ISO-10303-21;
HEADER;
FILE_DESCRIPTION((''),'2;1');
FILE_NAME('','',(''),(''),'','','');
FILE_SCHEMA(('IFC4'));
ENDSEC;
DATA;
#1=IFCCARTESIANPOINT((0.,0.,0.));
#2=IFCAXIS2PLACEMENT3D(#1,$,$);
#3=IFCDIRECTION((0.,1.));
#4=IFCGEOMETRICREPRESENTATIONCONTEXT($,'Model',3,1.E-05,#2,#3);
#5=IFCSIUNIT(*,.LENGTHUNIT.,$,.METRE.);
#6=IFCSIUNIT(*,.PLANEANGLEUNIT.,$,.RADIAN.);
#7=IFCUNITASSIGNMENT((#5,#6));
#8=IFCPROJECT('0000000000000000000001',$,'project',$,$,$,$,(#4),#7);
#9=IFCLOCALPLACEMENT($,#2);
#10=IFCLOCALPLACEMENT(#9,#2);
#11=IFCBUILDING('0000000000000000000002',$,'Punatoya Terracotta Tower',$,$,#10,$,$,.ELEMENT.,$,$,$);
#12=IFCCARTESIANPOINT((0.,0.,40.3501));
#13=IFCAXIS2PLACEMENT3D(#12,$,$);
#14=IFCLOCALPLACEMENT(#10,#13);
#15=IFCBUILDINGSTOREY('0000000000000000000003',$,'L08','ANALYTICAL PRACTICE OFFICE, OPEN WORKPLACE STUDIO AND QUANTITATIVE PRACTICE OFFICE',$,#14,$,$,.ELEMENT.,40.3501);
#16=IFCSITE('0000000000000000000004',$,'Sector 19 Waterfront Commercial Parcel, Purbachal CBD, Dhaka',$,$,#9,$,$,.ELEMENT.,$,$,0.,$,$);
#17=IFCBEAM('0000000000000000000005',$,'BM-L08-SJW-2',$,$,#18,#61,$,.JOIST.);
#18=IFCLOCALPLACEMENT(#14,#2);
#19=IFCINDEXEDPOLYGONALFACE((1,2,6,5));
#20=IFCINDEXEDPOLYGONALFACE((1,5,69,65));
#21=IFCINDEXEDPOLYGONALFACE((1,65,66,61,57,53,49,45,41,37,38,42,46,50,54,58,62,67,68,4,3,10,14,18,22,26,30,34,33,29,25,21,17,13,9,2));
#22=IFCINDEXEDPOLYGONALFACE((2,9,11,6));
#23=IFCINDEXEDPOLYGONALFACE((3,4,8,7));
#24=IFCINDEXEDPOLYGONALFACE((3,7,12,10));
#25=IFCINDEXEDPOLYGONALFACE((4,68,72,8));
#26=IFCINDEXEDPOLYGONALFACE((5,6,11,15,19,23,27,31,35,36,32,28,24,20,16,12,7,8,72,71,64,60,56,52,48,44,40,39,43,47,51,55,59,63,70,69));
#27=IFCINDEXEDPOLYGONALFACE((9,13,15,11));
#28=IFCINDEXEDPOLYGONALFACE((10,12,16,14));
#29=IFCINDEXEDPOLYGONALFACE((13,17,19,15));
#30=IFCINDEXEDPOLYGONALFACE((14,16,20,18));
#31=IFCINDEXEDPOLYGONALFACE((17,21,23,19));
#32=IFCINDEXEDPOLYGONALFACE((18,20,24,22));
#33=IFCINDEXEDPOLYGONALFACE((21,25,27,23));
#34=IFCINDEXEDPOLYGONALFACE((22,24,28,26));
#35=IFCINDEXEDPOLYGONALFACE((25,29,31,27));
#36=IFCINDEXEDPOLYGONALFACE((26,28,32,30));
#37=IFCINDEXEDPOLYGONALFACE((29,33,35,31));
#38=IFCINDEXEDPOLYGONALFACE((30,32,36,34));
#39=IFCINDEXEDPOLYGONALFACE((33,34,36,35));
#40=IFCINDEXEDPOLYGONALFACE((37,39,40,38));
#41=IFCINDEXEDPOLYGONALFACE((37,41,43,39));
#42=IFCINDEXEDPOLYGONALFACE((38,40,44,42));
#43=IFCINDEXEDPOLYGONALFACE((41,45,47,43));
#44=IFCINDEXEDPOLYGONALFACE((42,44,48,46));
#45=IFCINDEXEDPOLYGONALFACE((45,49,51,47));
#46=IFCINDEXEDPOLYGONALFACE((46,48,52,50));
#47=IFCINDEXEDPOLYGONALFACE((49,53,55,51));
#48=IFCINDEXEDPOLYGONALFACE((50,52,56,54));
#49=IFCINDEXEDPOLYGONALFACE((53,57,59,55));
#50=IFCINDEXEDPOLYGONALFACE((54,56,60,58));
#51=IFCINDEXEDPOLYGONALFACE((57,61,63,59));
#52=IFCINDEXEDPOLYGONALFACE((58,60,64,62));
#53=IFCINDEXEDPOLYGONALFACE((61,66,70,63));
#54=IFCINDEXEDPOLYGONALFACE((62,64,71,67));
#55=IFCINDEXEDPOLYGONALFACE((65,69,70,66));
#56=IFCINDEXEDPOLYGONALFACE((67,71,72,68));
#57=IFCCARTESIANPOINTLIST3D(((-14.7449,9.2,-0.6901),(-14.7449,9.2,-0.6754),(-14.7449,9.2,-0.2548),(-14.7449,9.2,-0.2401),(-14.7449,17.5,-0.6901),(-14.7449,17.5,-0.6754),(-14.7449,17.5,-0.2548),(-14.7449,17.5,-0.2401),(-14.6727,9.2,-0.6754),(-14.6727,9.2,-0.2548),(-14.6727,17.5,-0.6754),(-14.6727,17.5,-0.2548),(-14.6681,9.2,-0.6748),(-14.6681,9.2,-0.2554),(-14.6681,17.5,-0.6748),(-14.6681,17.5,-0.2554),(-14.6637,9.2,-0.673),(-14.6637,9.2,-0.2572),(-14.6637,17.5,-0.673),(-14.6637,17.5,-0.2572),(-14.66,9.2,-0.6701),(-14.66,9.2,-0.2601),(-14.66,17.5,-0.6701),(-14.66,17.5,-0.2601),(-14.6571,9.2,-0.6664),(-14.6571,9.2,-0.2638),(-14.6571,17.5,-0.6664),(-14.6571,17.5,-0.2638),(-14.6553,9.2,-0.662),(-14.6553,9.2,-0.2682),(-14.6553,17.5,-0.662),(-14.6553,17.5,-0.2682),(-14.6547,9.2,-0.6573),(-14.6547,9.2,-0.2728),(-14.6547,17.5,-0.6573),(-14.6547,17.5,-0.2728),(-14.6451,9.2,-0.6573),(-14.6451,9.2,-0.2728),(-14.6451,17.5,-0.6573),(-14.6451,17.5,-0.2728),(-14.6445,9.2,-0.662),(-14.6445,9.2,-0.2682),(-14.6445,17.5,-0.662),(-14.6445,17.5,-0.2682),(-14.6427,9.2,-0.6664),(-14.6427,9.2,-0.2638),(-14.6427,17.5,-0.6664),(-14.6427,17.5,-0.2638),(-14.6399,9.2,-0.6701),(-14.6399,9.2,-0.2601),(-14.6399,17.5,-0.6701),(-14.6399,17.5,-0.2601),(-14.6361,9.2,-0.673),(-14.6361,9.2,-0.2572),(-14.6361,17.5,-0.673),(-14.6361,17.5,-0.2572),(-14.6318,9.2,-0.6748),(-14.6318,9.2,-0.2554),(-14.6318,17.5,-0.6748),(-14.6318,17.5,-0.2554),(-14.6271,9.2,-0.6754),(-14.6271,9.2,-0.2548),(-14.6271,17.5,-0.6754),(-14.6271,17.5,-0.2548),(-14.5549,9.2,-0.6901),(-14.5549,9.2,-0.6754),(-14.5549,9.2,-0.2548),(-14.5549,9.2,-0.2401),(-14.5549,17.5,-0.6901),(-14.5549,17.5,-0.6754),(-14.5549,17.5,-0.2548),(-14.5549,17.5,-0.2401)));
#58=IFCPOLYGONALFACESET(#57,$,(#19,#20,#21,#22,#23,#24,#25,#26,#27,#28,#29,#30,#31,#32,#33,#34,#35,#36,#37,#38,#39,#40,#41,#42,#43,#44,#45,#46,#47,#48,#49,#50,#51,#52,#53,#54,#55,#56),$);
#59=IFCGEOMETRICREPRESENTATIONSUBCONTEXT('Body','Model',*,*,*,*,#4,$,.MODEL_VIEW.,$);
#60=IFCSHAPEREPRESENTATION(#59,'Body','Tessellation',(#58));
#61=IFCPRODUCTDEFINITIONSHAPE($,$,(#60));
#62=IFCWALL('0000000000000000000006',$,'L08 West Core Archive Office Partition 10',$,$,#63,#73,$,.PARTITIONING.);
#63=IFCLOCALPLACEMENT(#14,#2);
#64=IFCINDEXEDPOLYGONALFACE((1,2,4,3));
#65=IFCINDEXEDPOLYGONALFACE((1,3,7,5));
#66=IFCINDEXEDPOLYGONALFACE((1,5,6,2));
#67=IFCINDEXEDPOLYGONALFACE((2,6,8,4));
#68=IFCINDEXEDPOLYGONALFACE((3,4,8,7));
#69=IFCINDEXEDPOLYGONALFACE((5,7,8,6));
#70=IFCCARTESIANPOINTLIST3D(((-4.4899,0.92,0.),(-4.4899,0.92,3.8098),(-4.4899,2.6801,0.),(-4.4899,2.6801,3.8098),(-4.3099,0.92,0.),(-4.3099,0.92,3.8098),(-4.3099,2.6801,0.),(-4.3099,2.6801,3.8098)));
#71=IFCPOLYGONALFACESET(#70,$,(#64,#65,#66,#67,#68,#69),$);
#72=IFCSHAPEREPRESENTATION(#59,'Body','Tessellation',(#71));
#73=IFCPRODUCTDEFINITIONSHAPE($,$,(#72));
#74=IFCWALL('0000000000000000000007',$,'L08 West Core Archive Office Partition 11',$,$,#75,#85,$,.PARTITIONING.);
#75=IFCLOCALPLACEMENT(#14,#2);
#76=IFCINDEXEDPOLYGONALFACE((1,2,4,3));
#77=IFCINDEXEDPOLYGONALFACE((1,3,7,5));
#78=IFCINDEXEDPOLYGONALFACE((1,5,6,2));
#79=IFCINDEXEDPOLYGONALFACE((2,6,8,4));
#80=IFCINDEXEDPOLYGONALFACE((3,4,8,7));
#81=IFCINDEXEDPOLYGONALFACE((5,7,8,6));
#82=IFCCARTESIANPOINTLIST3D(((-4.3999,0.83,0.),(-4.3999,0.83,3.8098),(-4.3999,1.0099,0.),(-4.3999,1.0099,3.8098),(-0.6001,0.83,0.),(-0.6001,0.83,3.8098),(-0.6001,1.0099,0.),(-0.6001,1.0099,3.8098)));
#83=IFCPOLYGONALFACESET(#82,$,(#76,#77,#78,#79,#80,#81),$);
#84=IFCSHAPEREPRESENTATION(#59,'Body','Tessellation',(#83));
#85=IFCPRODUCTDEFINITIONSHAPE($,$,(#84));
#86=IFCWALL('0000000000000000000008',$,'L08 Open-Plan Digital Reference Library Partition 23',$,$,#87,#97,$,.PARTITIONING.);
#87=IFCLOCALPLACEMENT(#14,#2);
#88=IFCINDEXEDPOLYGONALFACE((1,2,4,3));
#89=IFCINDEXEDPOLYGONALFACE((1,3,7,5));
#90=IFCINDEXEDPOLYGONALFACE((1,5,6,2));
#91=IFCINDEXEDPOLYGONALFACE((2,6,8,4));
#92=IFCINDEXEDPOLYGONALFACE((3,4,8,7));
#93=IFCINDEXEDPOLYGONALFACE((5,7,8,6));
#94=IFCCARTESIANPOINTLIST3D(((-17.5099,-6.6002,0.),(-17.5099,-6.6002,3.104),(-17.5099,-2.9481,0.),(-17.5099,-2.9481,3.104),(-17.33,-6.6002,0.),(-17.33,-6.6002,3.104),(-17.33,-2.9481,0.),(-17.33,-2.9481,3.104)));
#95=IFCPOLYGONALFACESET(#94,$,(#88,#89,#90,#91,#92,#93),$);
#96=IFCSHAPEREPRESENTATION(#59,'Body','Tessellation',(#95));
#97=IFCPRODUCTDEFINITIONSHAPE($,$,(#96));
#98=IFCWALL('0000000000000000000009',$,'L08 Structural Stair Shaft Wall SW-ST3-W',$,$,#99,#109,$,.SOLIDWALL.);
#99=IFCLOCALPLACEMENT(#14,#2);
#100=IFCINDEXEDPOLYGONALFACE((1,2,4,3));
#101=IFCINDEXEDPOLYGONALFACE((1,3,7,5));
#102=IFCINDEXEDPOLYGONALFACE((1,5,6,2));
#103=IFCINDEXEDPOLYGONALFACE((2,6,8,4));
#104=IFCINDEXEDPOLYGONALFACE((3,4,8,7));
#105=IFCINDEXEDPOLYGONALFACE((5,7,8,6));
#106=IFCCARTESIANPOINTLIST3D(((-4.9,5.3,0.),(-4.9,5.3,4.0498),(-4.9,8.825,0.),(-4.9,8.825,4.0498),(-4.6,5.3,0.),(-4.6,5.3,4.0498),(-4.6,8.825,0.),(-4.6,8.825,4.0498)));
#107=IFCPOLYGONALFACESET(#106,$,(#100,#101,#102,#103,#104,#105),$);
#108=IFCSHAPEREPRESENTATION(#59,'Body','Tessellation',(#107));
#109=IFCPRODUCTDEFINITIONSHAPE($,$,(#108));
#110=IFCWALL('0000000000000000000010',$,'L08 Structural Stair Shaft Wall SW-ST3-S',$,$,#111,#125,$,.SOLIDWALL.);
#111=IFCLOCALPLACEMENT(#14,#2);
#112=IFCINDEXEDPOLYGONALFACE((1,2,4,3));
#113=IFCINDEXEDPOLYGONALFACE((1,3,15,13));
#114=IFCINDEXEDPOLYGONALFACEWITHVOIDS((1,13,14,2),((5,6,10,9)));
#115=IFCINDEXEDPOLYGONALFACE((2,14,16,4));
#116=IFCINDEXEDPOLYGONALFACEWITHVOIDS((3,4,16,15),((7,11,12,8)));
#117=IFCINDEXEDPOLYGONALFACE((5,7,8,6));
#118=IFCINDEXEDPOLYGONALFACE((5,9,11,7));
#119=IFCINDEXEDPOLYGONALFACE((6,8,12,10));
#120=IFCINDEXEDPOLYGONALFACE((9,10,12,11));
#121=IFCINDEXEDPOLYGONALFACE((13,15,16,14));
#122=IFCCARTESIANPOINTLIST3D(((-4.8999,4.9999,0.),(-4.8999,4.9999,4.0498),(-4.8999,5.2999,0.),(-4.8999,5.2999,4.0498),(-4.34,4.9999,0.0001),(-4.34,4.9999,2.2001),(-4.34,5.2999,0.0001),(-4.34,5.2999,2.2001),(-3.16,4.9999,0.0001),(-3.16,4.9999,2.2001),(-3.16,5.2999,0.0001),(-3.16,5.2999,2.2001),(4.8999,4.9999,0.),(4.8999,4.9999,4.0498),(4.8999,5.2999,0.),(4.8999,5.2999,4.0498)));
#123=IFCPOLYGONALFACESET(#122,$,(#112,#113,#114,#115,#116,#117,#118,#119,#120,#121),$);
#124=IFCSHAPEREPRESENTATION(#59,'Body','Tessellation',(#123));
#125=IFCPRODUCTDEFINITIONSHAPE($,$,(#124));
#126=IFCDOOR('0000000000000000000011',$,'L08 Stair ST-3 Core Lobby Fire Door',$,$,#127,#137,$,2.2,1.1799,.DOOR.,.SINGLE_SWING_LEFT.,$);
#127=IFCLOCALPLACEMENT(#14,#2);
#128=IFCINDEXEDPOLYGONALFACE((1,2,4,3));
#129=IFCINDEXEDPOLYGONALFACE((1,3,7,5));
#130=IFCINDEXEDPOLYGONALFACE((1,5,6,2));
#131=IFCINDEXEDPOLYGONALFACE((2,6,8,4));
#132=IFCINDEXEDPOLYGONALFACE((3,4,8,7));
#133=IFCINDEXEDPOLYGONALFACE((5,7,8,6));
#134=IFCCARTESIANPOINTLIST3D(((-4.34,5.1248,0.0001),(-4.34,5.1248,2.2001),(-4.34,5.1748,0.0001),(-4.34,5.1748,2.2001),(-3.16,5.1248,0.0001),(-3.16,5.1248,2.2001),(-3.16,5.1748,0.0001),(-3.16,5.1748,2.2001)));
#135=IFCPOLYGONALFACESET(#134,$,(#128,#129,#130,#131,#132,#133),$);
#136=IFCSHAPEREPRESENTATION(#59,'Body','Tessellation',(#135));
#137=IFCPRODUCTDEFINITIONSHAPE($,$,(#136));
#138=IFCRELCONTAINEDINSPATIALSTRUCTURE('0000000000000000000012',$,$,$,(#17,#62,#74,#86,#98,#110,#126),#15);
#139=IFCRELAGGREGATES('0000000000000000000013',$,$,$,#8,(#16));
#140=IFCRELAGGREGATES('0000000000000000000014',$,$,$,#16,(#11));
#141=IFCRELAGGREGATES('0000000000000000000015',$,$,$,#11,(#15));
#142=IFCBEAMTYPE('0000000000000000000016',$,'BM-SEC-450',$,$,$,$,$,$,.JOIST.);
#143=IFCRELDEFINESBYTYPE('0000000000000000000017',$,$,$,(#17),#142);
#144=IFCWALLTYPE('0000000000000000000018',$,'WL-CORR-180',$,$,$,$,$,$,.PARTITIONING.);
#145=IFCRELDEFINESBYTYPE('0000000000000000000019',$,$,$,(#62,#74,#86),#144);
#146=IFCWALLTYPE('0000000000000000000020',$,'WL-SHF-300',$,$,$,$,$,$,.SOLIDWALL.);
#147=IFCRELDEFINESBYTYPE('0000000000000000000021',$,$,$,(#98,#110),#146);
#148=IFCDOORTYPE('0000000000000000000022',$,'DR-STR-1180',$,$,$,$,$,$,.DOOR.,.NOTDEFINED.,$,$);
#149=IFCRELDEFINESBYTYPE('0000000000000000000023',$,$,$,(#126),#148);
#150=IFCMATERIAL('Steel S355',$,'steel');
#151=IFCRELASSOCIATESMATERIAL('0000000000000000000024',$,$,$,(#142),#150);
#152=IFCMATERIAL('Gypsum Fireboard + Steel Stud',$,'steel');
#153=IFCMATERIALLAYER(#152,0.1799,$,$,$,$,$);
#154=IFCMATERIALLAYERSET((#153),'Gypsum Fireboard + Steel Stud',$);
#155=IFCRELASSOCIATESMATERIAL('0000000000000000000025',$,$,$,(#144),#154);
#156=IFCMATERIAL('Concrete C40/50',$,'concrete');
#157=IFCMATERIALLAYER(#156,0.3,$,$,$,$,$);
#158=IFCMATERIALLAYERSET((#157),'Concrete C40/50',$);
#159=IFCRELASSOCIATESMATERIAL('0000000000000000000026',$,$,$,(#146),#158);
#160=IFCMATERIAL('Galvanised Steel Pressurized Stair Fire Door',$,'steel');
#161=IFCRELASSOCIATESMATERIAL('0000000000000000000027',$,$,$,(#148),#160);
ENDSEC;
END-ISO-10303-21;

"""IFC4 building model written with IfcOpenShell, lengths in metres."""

from ifc_helpers import new_model, si_unit, direction, frame, frame_2d, origin, origin_2d, place, context, subcontext, project, spatial, rectangle, i_section, extrude, material, layer, layer_set, material_profile, profile_set, type_object, element, fill, save


model = new_model("IFC4")

# Units and contexts
model_context = context("Model", 3, precision=1e-05, world=origin(), true_north=direction((0.0, 1.0)))
body_context = subcontext(model_context, "Body", "Model", "MODEL_VIEW")
ifc_project = project(units=[si_unit("LENGTHUNIT", "METRE"), si_unit("PLANEANGLEUNIT", "RADIAN")], contexts=[model_context])

# Site, building, storey
site_placement = place(None, origin())
site = spatial("IfcSite", under=ifc_project, at=site_placement, Name="Sector 19 Waterfront Commercial Parcel, Purbachal CBD, Dhaka", CompositionType="ELEMENT", RefElevation=0.0)
building_placement = place(site_placement, origin())
building = spatial("IfcBuilding", under=site, at=building_placement, Name="Punatoya Terracotta Tower", CompositionType="ELEMENT")
storey_placement = place(building_placement, frame((0.0, 0.0, 40.3501)))
storey = spatial("IfcBuildingStorey", under=building, at=storey_placement, Name="L08", Description="ANALYTICAL PRACTICE OFFICE, OPEN WORKPLACE STUDIO AND QUANTITATIVE PRACTICE OFFICE", CompositionType="ELEMENT", Elevation=40.3501)

# Beam
ifc_material_1 = material(Name="Steel S355", Category="steel")
ifc_material_profile_1 = material_profile(ifc_material_1, i_section(OverallWidth=0.1899, OverallDepth=0.45, WebThickness=0.0095, FlangeThickness=0.0146, FilletRadius=0.0181, at=origin_2d()))
ifc_profile_set_1 = profile_set([ifc_material_profile_1], Name="Steel S355")
beam_type_1 = type_object("IfcBeamType", Name="BM-SEC-450", PredefinedType="JOIST", material=ifc_profile_set_1)
beam_1_placement = place(storey_placement, frame((-14.6499, 9.2, -0.4651), z_axis=(0.0, 1.0, 0.0), x_axis=(-1.0, 0.0, 0.0)))
element("IfcBeam", 1, at=beam_1_placement, inside=storey, type_object=beam_type_1, Name="BM-L08-SJW-2", PredefinedType="JOIST", context=body_context, shape_type="SweptSolid", body=[
    extrude(i_section(OverallWidth=0.1899, OverallDepth=0.45, WebThickness=0.0095, FlangeThickness=0.0146, FilletRadius=0.0181, at=origin_2d()), origin(), (0.0, 0.0, 1.0), 8.3),
])

# Walls
ifc_material_2 = material(Name="Gypsum Fireboard + Steel Stud", Category="steel")
ifc_layer_1 = layer(ifc_material_2, 0.1799)
ifc_layer_set_1 = layer_set([ifc_layer_1], Name="Gypsum Fireboard + Steel Stud")
wall_type_1 = type_object("IfcWallType", Name="WL-CORR-180", PredefinedType="PARTITIONING", material=ifc_layer_set_1)
wall_1_placement = place(storey_placement, frame((-4.3999, 2.6799, 0.0), z_axis=(0.0, 0.0, 1.0), x_axis=(0.0, -1.0, 0.0)))
element("IfcWall", 2, at=wall_1_placement, inside=storey, type_object=wall_type_1, Name="L08 West Core Archive Office Partition 10", PredefinedType="PARTITIONING", context=body_context, shape_type="SweptSolid", body=[
    extrude(rectangle(XDim=1.76, YDim=0.1799, at=frame_2d((0.8799, 0.0))), origin(), (0.0, 0.0, 1.0), 3.8098),
])
wall_2_placement = place(storey_placement, frame((-4.3999, 0.9199, 0.0), z_axis=(0.0, 0.0, 1.0), x_axis=(1.0, 0.0, 0.0)))
element("IfcWall", 3, at=wall_2_placement, inside=storey, type_object=wall_type_1, Name="L08 West Core Archive Office Partition 11", PredefinedType="PARTITIONING", context=body_context, shape_type="SweptSolid", body=[
    extrude(rectangle(XDim=3.7998, YDim=0.1799, at=frame_2d((1.8999, 0.0))), origin(), (0.0, 0.0, 1.0), 3.8098),
])
wall_3_placement = place(storey_placement, frame((-17.4199, -2.948, 0.0), z_axis=(0.0, 0.0, 1.0), x_axis=(0.0, -1.0, 0.0)))
element("IfcWall", 4, at=wall_3_placement, inside=storey, type_object=wall_type_1, Name="L08 Open-Plan Digital Reference Library Partition 23", PredefinedType="PARTITIONING", context=body_context, shape_type="SweptSolid", body=[
    extrude(rectangle(XDim=3.6521, YDim=0.1799, at=frame_2d((1.8262, 0.0))), origin(), (0.0, 0.0, 1.0), 3.104),
])
ifc_material_3 = material(Name="Concrete C40/50", Category="concrete")
ifc_layer_2 = layer(ifc_material_3, 0.3)
ifc_layer_set_2 = layer_set([ifc_layer_2], Name="Concrete C40/50")
wall_type_2 = type_object("IfcWallType", Name="WL-SHF-300", PredefinedType="SOLIDWALL", material=ifc_layer_set_2)
wall_4_placement = place(storey_placement, frame((-4.75, 5.3, 0.0), z_axis=(0.0, 0.0, 1.0), x_axis=(0.0, 1.0, 0.0)))
element("IfcWall", 5, at=wall_4_placement, inside=storey, type_object=wall_type_2, Name="L08 Structural Stair Shaft Wall SW-ST3-W", PredefinedType="SOLIDWALL", context=body_context, shape_type="SweptSolid", body=[
    extrude(rectangle(XDim=3.5249, YDim=0.3, at=frame_2d((1.7625, 0.0))), origin(), (0.0, 0.0, 1.0), 4.0498),
])

# Wall, opening, door
wall_5_placement = place(storey_placement, frame((-4.8999, 5.1499, 0.0), z_axis=(0.0, 0.0, 1.0), x_axis=(1.0, 0.0, 0.0)))
wall_5 = element("IfcWall", 6, at=wall_5_placement, inside=storey, type_object=wall_type_2, Name="L08 Structural Stair Shaft Wall SW-ST3-S", PredefinedType="SOLIDWALL", context=body_context, shape_type="SweptSolid", body=[
    extrude(rectangle(XDim=9.7998, YDim=0.3, at=frame_2d((4.8999, 0.0))), origin(), (0.0, 0.0, 1.0), 4.0498),
])
opening_1_placement = place(wall_5_placement, frame((0.5601, 0.0, 0.0)))
opening_1 = element("IfcOpeningElement", 7, at=opening_1_placement, cuts=wall_5, PredefinedType="OPENING", context=body_context, shape_type="SweptSolid", body=[
    extrude(rectangle(XDim=1.1799, YDim=2.2, at=frame_2d((0.5898, 1.1001))), frame((0.0, 0.1599, 0.0), z_axis=(0.0, -1.0, 0.0), x_axis=(1.0, 0.0, 0.0)), (0.0, 0.0, 1.0), 0.3201),
])
ifc_material_4 = material(Name="Galvanised Steel Pressurized Stair Fire Door", Category="steel")
door_type_1 = type_object("IfcDoorType", Name="DR-STR-1180", OperationType="NOTDEFINED", PredefinedType="DOOR", material=ifc_material_4)
door_1_placement = place(opening_1_placement, origin())
door_1 = element("IfcDoor", 8, at=door_1_placement, inside=storey, type_object=door_type_1, Name="L08 Stair ST-3 Core Lobby Fire Door", OperationType="SINGLE_SWING_LEFT", OverallHeight=2.2, OverallWidth=1.1799, PredefinedType="DOOR", context=body_context, shape_type="SweptSolid", body=[
    extrude(rectangle(XDim=1.1799, YDim=2.2, at=frame_2d((0.5898, 1.1001))), frame((0.0, 0.0249, 0.0), z_axis=(0.0, -1.0, 0.0), x_axis=(1.0, 0.0, 0.0)), (0.0, 0.0, 1.0), 0.05),
])
fill(opening_1, door_1)

save(model, "model.ifc")
